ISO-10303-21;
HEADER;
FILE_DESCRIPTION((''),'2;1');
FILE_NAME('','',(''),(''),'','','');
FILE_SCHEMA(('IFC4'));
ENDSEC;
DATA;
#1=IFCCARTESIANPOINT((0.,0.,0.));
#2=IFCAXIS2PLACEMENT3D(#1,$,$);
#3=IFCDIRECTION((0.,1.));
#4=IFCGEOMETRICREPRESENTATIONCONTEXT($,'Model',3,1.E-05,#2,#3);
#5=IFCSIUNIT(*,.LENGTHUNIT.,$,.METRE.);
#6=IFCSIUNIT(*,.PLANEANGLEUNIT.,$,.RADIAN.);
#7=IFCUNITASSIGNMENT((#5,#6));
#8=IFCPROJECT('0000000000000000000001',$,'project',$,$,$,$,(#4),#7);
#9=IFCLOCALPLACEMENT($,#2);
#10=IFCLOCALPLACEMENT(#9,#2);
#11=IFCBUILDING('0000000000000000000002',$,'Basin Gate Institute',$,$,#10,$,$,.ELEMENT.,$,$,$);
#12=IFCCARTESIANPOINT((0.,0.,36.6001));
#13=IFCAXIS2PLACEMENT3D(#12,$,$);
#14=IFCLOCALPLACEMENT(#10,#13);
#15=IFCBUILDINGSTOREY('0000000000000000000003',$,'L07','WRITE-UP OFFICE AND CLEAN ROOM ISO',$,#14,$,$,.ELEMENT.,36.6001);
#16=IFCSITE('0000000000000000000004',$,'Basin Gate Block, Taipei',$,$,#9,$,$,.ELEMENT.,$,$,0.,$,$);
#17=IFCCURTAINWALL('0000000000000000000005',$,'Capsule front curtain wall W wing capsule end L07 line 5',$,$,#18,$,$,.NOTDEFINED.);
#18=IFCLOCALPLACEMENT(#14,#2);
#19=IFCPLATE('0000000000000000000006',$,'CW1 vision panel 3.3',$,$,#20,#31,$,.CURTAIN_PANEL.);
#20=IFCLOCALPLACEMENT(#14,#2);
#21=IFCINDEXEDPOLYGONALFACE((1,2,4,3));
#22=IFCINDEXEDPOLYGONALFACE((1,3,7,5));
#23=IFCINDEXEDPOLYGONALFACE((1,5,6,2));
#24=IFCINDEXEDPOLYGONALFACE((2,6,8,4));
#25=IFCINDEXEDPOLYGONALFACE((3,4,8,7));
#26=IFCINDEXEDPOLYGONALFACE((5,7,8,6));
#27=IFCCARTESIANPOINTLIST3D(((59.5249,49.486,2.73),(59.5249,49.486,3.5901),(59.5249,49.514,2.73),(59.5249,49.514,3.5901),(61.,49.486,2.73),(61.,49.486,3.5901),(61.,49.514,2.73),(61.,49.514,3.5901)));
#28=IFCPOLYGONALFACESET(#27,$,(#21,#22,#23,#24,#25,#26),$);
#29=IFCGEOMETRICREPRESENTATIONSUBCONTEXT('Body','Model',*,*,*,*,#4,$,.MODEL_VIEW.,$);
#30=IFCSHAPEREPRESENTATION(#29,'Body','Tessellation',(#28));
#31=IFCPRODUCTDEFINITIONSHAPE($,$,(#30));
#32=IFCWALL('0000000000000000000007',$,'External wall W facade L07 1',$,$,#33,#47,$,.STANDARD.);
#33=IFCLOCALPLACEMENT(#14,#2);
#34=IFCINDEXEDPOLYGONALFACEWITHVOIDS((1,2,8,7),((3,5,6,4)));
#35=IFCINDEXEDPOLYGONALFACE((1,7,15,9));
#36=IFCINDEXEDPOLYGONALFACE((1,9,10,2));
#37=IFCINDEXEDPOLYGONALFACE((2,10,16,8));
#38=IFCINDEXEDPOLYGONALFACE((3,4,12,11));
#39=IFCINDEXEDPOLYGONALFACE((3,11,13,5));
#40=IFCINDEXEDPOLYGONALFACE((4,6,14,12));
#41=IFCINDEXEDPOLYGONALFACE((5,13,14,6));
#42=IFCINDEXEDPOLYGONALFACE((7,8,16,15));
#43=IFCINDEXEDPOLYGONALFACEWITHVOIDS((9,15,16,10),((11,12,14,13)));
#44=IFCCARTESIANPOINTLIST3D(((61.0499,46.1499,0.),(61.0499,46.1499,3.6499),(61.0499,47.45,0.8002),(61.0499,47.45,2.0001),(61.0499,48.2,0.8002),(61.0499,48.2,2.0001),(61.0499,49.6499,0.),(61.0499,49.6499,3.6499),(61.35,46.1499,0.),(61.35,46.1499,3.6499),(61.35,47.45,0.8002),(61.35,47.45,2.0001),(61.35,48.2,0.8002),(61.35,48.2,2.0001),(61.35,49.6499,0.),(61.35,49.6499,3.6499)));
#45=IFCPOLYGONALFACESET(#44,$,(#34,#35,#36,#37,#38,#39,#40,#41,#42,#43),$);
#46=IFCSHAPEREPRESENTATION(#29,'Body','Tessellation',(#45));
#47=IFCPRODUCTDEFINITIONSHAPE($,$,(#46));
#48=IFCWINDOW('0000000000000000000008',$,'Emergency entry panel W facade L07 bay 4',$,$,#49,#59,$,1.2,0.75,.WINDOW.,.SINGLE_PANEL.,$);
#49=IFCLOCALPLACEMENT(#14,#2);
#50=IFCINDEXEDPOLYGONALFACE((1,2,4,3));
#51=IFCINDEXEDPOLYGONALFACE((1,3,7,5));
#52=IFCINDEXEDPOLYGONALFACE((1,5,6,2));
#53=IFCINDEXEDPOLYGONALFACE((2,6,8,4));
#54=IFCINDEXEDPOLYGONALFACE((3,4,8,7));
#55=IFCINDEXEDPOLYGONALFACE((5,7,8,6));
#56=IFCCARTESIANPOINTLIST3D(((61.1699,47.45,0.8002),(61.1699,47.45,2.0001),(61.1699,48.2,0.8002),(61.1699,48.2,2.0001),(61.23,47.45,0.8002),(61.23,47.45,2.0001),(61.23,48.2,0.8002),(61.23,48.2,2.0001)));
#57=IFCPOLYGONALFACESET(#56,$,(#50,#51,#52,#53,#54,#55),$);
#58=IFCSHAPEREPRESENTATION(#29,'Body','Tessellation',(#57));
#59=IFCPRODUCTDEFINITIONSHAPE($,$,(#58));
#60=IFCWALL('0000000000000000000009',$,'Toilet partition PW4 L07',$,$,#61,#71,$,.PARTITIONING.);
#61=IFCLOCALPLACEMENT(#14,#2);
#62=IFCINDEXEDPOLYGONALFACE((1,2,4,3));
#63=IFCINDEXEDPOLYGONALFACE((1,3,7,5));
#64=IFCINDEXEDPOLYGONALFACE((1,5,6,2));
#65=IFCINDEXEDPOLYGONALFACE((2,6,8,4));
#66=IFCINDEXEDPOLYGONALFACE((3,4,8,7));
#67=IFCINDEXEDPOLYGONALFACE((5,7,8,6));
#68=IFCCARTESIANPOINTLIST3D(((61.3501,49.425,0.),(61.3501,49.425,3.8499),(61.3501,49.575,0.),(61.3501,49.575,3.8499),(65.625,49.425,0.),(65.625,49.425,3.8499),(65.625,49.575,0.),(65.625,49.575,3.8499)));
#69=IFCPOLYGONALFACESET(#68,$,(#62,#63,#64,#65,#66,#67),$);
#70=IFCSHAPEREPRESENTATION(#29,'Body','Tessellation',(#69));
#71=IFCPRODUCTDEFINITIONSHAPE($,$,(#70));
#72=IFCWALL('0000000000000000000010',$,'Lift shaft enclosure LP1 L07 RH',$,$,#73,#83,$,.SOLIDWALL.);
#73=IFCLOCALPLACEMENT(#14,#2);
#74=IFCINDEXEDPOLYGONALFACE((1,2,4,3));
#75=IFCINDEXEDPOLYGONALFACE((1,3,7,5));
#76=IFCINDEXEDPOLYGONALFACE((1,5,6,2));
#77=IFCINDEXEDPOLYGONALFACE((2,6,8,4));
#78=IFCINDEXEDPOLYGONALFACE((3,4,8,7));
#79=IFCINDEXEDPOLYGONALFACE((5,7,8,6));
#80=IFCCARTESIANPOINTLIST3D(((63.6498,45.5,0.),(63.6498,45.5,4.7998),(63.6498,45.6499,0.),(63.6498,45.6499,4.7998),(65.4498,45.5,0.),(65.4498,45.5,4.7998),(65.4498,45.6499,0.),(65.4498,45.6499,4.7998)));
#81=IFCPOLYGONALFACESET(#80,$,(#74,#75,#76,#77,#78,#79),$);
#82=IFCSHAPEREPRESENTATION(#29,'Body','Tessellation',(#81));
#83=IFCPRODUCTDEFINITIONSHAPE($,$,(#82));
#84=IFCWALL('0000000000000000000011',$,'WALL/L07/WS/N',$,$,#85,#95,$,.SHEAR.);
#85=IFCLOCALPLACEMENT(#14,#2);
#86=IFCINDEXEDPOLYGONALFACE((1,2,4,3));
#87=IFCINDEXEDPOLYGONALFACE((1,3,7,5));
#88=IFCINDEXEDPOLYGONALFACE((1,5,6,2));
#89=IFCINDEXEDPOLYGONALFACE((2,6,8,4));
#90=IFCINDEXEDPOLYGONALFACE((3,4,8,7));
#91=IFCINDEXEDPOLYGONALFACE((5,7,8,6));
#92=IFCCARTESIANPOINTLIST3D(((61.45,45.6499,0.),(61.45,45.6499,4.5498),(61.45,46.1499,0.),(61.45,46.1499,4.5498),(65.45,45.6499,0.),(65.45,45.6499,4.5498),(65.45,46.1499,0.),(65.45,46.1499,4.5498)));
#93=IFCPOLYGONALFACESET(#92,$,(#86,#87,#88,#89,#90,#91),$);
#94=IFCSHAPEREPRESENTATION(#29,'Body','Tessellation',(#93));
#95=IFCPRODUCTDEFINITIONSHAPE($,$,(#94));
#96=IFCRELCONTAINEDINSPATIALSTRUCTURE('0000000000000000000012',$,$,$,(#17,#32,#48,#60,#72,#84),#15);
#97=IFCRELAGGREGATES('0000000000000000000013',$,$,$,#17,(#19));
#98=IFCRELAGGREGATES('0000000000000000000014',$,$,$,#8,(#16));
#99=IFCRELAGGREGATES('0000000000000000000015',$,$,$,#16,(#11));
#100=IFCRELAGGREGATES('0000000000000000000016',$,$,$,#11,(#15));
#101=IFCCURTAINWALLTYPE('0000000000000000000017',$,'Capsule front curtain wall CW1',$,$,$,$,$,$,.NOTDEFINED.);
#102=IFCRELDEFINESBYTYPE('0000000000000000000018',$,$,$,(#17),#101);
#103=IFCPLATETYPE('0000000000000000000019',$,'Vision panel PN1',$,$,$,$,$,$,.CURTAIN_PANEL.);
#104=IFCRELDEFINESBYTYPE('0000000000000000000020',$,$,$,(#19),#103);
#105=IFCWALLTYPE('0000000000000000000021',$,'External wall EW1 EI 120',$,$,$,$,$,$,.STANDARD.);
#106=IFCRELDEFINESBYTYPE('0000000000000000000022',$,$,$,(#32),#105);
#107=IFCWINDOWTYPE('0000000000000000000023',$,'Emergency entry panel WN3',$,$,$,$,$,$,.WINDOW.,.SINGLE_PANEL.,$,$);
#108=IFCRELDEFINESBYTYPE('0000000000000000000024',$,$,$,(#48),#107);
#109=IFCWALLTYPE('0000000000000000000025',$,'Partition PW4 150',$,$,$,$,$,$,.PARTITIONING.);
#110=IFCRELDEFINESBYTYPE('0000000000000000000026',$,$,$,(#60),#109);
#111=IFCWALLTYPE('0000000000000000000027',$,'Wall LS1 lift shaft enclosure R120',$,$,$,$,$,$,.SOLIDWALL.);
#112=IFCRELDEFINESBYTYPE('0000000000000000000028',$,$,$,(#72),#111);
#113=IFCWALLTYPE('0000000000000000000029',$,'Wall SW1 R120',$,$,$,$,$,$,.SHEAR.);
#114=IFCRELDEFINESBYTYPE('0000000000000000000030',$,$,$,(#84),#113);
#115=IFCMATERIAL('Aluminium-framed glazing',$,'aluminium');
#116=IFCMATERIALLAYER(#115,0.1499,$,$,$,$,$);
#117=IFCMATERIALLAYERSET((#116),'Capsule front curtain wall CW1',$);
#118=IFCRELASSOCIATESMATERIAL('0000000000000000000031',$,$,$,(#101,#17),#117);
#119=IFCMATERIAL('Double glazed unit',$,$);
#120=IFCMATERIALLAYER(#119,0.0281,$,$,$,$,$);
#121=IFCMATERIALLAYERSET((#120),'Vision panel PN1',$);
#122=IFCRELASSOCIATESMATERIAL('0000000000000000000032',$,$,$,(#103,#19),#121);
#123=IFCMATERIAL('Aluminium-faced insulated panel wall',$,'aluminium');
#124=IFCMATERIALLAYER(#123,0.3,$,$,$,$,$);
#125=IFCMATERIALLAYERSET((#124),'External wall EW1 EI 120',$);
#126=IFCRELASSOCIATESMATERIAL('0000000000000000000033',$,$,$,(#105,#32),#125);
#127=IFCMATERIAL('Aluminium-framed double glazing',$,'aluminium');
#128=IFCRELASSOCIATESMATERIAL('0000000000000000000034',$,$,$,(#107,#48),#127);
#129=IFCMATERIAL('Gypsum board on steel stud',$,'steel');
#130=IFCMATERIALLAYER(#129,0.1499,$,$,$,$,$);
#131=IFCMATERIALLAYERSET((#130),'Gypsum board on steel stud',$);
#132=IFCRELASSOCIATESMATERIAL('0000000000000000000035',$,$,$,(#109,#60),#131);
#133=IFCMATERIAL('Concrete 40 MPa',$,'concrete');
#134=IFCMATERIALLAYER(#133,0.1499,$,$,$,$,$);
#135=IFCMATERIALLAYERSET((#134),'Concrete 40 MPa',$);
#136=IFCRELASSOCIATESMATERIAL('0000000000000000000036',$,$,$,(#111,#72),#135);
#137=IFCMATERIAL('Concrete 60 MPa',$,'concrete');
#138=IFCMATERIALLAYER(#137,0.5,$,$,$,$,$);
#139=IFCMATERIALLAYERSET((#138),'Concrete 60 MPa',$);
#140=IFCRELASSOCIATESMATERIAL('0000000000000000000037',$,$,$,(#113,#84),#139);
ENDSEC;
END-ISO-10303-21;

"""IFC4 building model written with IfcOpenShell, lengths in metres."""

from ifc_helpers import new_model, si_unit, direction, frame, frame_2d, origin, origin_2d, place, context, subcontext, project, spatial, rectangle, extrude, material, layer, layer_set, type_object, element, fill, aggregate, save


model = new_model("IFC4")

# Units and contexts
model_context = context("Model", 3, precision=1e-05, world=origin(), true_north=direction((0.0, 1.0)))
body_context = subcontext(model_context, "Body", "Model", "MODEL_VIEW")
ifc_project = project(units=[si_unit("LENGTHUNIT", "METRE"), si_unit("PLANEANGLEUNIT", "RADIAN")], contexts=[model_context])

# Site, building, storey
site_placement = place(None, origin())
site = spatial("IfcSite", under=ifc_project, at=site_placement, Name="Basin Gate Block, Taipei", CompositionType="ELEMENT", RefElevation=0.0)
building_placement = place(site_placement, origin())
building = spatial("IfcBuilding", under=site, at=building_placement, Name="Basin Gate Institute", CompositionType="ELEMENT")
storey_placement = place(building_placement, frame((0.0, 0.0, 36.6001)))
storey = spatial("IfcBuildingStorey", under=building, at=storey_placement, Name="L07", Description="WRITE-UP OFFICE AND CLEAN ROOM ISO", CompositionType="ELEMENT", Elevation=36.6001)

# Curtain wall, plate
ifc_material_1 = material(Name="Aluminium-framed glazing", Category="aluminium")
ifc_layer_1 = layer(ifc_material_1, 0.1499)
ifc_layer_set_1 = layer_set([ifc_layer_1], Name="Capsule front curtain wall CW1")
curtain_wall_type = type_object("IfcCurtainWallType", Name="Capsule front curtain wall CW1", PredefinedType="NOTDEFINED", material=ifc_layer_set_1)
curtain_wall_placement = place(storey_placement, origin())
curtain_wall = element("IfcCurtainWall", 1, at=curtain_wall_placement, inside=storey, type_object=curtain_wall_type, material=ifc_layer_set_1, Name="Capsule front curtain wall W wing capsule end L07 line 5", PredefinedType="NOTDEFINED")
ifc_material_2 = material(Name="Double glazed unit")
ifc_layer_2 = layer(ifc_material_2, 0.0281)
ifc_layer_set_2 = layer_set([ifc_layer_2], Name="Vision panel PN1")
plate_type_1 = type_object("IfcPlateType", Name="Vision panel PN1", PredefinedType="CURTAIN_PANEL", material=ifc_layer_set_2)
plate_1_placement = place(storey_placement, frame((60.2625, 49.5, 2.73), z_axis=(0.0, 0.0, 1.0), x_axis=(1.0, 0.0, 0.0)))
plate_1 = element("IfcPlate", 2, at=plate_1_placement, type_object=plate_type_1, material=ifc_layer_set_2, Name="CW1 vision panel 3.3", PredefinedType="CURTAIN_PANEL", context=body_context, shape_type="SweptSolid", body=[
    extrude(rectangle(XDim=1.4751, YDim=0.0281, at=origin_2d()), origin(), (0.0, 0.0, 1.0), 0.8601),
])
aggregate(curtain_wall, [plate_1])

# Wall, opening, window
ifc_material_3 = material(Name="Aluminium-faced insulated panel wall", Category="aluminium")
ifc_layer_3 = layer(ifc_material_3, 0.3)
ifc_layer_set_3 = layer_set([ifc_layer_3], Name="External wall EW1 EI 120")
wall_type_1 = type_object("IfcWallType", Name="External wall EW1 EI 120", PredefinedType="STANDARD", material=ifc_layer_set_3)
wall_1_placement = place(storey_placement, frame((61.2, 46.1499, 0.0), z_axis=(0.0, 0.0, 1.0), x_axis=(0.0, 1.0, 0.0)))
wall_1 = element("IfcWall", 3, at=wall_1_placement, inside=storey, type_object=wall_type_1, material=ifc_layer_set_3, Name="External wall W facade L07 1", PredefinedType="STANDARD", context=body_context, shape_type="SweptSolid", body=[
    extrude(rectangle(XDim=3.5, YDim=0.3, at=frame_2d((1.75, 0.0))), origin(), (0.0, 0.0, 1.0), 3.6499),
])
opening_placement = place(wall_1_placement, frame((1.3, 0.0, 0.8)))
opening = element("IfcOpeningElement", 4, at=opening_placement, cuts=wall_1, PredefinedType="OPENING", context=body_context, shape_type="SweptSolid", body=[
    extrude(rectangle(XDim=0.75, YDim=1.2, at=frame_2d((0.375, 0.6001))), frame((0.0, 0.1602, 0.0), z_axis=(0.0, -1.0, 0.0), x_axis=(1.0, 0.0, 0.0)), (0.0, 0.0, 1.0), 0.3201),
])
ifc_material_4 = material(Name="Aluminium-framed double glazing", Category="aluminium")
window_type = type_object("IfcWindowType", Name="Emergency entry panel WN3", PartitioningType="SINGLE_PANEL", PredefinedType="WINDOW", material=ifc_material_4)
window_placement = place(opening_placement, origin())
window = element("IfcWindow", 5, at=window_placement, inside=storey, type_object=window_type, material=ifc_material_4, Name="Emergency entry panel W facade L07 bay 4", OverallHeight=1.2, OverallWidth=0.75, PartitioningType="SINGLE_PANEL", PredefinedType="WINDOW", context=body_context, shape_type="SweptSolid", body=[
    extrude(rectangle(XDim=0.75, YDim=1.2, at=frame_2d((0.375, 0.6001))), frame((0.0, 0.03, 0.0), z_axis=(0.0, -1.0, 0.0), x_axis=(1.0, 0.0, 0.0)), (0.0, 0.0, 1.0), 0.0601),
])
fill(opening, window)

# Walls
ifc_material_5 = material(Name="Gypsum board on steel stud", Category="steel")
ifc_layer_4 = layer(ifc_material_5, 0.1499)
ifc_layer_set_4 = layer_set([ifc_layer_4], Name="Gypsum board on steel stud")
wall_type_2 = type_object("IfcWallType", Name="Partition PW4 150", PredefinedType="PARTITIONING", material=ifc_layer_set_4)
wall_2_placement = place(storey_placement, frame((61.3501, 49.5, 0.0), z_axis=(0.0, 0.0, 1.0), x_axis=(1.0, 0.0, 0.0)))
element("IfcWall", 6, at=wall_2_placement, inside=storey, type_object=wall_type_2, material=ifc_layer_set_4, Name="Toilet partition PW4 L07", PredefinedType="PARTITIONING", context=body_context, shape_type="SweptSolid", body=[
    extrude(rectangle(XDim=4.2749, YDim=0.1499, at=frame_2d((2.1375, 0.0))), origin(), (0.0, 0.0, 1.0), 3.8499),
])
ifc_material_6 = material(Name="Concrete 40 MPa", Category="concrete")
ifc_layer_5 = layer(ifc_material_6, 0.1499)
ifc_layer_set_5 = layer_set([ifc_layer_5], Name="Concrete 40 MPa")
wall_type_3 = type_object("IfcWallType", Name="Wall LS1 lift shaft enclosure R120", PredefinedType="SOLIDWALL", material=ifc_layer_set_5)
wall_3_placement = place(storey_placement, frame((63.6499, 45.575, 0.0), z_axis=(0.0, 0.0, 1.0), x_axis=(1.0, 0.0, 0.0)))
element("IfcWall", 7, at=wall_3_placement, inside=storey, type_object=wall_type_3, material=ifc_layer_set_5, Name="Lift shaft enclosure LP1 L07 RH", PredefinedType="SOLIDWALL", context=body_context, shape_type="SweptSolid", body=[
    extrude(rectangle(XDim=1.8, YDim=0.1499, at=frame_2d((0.8999, 0.0))), origin(), (0.0, 0.0, 1.0), 4.7998),
])
ifc_material_7 = material(Name="Concrete 60 MPa", Category="concrete")
ifc_layer_6 = layer(ifc_material_7, 0.5)
ifc_layer_set_6 = layer_set([ifc_layer_6], Name="Concrete 60 MPa")
wall_type_4 = type_object("IfcWallType", Name="Wall SW1 R120", PredefinedType="SHEAR", material=ifc_layer_set_6)
wall_4_placement = place(storey_placement, frame((61.45, 45.8999, 0.0), z_axis=(0.0, 0.0, 1.0), x_axis=(1.0, 0.0, 0.0)))
element("IfcWall", 8, at=wall_4_placement, inside=storey, type_object=wall_type_4, material=ifc_layer_set_6, Name="WALL/L07/WS/N", PredefinedType="SHEAR", context=body_context, shape_type="SweptSolid", body=[
    extrude(rectangle(XDim=4.0, YDim=0.5, at=frame_2d((2.0, 0.0))), origin(), (0.0, 0.0, 1.0), 4.5498),
])

save(model, "model.ifc")
